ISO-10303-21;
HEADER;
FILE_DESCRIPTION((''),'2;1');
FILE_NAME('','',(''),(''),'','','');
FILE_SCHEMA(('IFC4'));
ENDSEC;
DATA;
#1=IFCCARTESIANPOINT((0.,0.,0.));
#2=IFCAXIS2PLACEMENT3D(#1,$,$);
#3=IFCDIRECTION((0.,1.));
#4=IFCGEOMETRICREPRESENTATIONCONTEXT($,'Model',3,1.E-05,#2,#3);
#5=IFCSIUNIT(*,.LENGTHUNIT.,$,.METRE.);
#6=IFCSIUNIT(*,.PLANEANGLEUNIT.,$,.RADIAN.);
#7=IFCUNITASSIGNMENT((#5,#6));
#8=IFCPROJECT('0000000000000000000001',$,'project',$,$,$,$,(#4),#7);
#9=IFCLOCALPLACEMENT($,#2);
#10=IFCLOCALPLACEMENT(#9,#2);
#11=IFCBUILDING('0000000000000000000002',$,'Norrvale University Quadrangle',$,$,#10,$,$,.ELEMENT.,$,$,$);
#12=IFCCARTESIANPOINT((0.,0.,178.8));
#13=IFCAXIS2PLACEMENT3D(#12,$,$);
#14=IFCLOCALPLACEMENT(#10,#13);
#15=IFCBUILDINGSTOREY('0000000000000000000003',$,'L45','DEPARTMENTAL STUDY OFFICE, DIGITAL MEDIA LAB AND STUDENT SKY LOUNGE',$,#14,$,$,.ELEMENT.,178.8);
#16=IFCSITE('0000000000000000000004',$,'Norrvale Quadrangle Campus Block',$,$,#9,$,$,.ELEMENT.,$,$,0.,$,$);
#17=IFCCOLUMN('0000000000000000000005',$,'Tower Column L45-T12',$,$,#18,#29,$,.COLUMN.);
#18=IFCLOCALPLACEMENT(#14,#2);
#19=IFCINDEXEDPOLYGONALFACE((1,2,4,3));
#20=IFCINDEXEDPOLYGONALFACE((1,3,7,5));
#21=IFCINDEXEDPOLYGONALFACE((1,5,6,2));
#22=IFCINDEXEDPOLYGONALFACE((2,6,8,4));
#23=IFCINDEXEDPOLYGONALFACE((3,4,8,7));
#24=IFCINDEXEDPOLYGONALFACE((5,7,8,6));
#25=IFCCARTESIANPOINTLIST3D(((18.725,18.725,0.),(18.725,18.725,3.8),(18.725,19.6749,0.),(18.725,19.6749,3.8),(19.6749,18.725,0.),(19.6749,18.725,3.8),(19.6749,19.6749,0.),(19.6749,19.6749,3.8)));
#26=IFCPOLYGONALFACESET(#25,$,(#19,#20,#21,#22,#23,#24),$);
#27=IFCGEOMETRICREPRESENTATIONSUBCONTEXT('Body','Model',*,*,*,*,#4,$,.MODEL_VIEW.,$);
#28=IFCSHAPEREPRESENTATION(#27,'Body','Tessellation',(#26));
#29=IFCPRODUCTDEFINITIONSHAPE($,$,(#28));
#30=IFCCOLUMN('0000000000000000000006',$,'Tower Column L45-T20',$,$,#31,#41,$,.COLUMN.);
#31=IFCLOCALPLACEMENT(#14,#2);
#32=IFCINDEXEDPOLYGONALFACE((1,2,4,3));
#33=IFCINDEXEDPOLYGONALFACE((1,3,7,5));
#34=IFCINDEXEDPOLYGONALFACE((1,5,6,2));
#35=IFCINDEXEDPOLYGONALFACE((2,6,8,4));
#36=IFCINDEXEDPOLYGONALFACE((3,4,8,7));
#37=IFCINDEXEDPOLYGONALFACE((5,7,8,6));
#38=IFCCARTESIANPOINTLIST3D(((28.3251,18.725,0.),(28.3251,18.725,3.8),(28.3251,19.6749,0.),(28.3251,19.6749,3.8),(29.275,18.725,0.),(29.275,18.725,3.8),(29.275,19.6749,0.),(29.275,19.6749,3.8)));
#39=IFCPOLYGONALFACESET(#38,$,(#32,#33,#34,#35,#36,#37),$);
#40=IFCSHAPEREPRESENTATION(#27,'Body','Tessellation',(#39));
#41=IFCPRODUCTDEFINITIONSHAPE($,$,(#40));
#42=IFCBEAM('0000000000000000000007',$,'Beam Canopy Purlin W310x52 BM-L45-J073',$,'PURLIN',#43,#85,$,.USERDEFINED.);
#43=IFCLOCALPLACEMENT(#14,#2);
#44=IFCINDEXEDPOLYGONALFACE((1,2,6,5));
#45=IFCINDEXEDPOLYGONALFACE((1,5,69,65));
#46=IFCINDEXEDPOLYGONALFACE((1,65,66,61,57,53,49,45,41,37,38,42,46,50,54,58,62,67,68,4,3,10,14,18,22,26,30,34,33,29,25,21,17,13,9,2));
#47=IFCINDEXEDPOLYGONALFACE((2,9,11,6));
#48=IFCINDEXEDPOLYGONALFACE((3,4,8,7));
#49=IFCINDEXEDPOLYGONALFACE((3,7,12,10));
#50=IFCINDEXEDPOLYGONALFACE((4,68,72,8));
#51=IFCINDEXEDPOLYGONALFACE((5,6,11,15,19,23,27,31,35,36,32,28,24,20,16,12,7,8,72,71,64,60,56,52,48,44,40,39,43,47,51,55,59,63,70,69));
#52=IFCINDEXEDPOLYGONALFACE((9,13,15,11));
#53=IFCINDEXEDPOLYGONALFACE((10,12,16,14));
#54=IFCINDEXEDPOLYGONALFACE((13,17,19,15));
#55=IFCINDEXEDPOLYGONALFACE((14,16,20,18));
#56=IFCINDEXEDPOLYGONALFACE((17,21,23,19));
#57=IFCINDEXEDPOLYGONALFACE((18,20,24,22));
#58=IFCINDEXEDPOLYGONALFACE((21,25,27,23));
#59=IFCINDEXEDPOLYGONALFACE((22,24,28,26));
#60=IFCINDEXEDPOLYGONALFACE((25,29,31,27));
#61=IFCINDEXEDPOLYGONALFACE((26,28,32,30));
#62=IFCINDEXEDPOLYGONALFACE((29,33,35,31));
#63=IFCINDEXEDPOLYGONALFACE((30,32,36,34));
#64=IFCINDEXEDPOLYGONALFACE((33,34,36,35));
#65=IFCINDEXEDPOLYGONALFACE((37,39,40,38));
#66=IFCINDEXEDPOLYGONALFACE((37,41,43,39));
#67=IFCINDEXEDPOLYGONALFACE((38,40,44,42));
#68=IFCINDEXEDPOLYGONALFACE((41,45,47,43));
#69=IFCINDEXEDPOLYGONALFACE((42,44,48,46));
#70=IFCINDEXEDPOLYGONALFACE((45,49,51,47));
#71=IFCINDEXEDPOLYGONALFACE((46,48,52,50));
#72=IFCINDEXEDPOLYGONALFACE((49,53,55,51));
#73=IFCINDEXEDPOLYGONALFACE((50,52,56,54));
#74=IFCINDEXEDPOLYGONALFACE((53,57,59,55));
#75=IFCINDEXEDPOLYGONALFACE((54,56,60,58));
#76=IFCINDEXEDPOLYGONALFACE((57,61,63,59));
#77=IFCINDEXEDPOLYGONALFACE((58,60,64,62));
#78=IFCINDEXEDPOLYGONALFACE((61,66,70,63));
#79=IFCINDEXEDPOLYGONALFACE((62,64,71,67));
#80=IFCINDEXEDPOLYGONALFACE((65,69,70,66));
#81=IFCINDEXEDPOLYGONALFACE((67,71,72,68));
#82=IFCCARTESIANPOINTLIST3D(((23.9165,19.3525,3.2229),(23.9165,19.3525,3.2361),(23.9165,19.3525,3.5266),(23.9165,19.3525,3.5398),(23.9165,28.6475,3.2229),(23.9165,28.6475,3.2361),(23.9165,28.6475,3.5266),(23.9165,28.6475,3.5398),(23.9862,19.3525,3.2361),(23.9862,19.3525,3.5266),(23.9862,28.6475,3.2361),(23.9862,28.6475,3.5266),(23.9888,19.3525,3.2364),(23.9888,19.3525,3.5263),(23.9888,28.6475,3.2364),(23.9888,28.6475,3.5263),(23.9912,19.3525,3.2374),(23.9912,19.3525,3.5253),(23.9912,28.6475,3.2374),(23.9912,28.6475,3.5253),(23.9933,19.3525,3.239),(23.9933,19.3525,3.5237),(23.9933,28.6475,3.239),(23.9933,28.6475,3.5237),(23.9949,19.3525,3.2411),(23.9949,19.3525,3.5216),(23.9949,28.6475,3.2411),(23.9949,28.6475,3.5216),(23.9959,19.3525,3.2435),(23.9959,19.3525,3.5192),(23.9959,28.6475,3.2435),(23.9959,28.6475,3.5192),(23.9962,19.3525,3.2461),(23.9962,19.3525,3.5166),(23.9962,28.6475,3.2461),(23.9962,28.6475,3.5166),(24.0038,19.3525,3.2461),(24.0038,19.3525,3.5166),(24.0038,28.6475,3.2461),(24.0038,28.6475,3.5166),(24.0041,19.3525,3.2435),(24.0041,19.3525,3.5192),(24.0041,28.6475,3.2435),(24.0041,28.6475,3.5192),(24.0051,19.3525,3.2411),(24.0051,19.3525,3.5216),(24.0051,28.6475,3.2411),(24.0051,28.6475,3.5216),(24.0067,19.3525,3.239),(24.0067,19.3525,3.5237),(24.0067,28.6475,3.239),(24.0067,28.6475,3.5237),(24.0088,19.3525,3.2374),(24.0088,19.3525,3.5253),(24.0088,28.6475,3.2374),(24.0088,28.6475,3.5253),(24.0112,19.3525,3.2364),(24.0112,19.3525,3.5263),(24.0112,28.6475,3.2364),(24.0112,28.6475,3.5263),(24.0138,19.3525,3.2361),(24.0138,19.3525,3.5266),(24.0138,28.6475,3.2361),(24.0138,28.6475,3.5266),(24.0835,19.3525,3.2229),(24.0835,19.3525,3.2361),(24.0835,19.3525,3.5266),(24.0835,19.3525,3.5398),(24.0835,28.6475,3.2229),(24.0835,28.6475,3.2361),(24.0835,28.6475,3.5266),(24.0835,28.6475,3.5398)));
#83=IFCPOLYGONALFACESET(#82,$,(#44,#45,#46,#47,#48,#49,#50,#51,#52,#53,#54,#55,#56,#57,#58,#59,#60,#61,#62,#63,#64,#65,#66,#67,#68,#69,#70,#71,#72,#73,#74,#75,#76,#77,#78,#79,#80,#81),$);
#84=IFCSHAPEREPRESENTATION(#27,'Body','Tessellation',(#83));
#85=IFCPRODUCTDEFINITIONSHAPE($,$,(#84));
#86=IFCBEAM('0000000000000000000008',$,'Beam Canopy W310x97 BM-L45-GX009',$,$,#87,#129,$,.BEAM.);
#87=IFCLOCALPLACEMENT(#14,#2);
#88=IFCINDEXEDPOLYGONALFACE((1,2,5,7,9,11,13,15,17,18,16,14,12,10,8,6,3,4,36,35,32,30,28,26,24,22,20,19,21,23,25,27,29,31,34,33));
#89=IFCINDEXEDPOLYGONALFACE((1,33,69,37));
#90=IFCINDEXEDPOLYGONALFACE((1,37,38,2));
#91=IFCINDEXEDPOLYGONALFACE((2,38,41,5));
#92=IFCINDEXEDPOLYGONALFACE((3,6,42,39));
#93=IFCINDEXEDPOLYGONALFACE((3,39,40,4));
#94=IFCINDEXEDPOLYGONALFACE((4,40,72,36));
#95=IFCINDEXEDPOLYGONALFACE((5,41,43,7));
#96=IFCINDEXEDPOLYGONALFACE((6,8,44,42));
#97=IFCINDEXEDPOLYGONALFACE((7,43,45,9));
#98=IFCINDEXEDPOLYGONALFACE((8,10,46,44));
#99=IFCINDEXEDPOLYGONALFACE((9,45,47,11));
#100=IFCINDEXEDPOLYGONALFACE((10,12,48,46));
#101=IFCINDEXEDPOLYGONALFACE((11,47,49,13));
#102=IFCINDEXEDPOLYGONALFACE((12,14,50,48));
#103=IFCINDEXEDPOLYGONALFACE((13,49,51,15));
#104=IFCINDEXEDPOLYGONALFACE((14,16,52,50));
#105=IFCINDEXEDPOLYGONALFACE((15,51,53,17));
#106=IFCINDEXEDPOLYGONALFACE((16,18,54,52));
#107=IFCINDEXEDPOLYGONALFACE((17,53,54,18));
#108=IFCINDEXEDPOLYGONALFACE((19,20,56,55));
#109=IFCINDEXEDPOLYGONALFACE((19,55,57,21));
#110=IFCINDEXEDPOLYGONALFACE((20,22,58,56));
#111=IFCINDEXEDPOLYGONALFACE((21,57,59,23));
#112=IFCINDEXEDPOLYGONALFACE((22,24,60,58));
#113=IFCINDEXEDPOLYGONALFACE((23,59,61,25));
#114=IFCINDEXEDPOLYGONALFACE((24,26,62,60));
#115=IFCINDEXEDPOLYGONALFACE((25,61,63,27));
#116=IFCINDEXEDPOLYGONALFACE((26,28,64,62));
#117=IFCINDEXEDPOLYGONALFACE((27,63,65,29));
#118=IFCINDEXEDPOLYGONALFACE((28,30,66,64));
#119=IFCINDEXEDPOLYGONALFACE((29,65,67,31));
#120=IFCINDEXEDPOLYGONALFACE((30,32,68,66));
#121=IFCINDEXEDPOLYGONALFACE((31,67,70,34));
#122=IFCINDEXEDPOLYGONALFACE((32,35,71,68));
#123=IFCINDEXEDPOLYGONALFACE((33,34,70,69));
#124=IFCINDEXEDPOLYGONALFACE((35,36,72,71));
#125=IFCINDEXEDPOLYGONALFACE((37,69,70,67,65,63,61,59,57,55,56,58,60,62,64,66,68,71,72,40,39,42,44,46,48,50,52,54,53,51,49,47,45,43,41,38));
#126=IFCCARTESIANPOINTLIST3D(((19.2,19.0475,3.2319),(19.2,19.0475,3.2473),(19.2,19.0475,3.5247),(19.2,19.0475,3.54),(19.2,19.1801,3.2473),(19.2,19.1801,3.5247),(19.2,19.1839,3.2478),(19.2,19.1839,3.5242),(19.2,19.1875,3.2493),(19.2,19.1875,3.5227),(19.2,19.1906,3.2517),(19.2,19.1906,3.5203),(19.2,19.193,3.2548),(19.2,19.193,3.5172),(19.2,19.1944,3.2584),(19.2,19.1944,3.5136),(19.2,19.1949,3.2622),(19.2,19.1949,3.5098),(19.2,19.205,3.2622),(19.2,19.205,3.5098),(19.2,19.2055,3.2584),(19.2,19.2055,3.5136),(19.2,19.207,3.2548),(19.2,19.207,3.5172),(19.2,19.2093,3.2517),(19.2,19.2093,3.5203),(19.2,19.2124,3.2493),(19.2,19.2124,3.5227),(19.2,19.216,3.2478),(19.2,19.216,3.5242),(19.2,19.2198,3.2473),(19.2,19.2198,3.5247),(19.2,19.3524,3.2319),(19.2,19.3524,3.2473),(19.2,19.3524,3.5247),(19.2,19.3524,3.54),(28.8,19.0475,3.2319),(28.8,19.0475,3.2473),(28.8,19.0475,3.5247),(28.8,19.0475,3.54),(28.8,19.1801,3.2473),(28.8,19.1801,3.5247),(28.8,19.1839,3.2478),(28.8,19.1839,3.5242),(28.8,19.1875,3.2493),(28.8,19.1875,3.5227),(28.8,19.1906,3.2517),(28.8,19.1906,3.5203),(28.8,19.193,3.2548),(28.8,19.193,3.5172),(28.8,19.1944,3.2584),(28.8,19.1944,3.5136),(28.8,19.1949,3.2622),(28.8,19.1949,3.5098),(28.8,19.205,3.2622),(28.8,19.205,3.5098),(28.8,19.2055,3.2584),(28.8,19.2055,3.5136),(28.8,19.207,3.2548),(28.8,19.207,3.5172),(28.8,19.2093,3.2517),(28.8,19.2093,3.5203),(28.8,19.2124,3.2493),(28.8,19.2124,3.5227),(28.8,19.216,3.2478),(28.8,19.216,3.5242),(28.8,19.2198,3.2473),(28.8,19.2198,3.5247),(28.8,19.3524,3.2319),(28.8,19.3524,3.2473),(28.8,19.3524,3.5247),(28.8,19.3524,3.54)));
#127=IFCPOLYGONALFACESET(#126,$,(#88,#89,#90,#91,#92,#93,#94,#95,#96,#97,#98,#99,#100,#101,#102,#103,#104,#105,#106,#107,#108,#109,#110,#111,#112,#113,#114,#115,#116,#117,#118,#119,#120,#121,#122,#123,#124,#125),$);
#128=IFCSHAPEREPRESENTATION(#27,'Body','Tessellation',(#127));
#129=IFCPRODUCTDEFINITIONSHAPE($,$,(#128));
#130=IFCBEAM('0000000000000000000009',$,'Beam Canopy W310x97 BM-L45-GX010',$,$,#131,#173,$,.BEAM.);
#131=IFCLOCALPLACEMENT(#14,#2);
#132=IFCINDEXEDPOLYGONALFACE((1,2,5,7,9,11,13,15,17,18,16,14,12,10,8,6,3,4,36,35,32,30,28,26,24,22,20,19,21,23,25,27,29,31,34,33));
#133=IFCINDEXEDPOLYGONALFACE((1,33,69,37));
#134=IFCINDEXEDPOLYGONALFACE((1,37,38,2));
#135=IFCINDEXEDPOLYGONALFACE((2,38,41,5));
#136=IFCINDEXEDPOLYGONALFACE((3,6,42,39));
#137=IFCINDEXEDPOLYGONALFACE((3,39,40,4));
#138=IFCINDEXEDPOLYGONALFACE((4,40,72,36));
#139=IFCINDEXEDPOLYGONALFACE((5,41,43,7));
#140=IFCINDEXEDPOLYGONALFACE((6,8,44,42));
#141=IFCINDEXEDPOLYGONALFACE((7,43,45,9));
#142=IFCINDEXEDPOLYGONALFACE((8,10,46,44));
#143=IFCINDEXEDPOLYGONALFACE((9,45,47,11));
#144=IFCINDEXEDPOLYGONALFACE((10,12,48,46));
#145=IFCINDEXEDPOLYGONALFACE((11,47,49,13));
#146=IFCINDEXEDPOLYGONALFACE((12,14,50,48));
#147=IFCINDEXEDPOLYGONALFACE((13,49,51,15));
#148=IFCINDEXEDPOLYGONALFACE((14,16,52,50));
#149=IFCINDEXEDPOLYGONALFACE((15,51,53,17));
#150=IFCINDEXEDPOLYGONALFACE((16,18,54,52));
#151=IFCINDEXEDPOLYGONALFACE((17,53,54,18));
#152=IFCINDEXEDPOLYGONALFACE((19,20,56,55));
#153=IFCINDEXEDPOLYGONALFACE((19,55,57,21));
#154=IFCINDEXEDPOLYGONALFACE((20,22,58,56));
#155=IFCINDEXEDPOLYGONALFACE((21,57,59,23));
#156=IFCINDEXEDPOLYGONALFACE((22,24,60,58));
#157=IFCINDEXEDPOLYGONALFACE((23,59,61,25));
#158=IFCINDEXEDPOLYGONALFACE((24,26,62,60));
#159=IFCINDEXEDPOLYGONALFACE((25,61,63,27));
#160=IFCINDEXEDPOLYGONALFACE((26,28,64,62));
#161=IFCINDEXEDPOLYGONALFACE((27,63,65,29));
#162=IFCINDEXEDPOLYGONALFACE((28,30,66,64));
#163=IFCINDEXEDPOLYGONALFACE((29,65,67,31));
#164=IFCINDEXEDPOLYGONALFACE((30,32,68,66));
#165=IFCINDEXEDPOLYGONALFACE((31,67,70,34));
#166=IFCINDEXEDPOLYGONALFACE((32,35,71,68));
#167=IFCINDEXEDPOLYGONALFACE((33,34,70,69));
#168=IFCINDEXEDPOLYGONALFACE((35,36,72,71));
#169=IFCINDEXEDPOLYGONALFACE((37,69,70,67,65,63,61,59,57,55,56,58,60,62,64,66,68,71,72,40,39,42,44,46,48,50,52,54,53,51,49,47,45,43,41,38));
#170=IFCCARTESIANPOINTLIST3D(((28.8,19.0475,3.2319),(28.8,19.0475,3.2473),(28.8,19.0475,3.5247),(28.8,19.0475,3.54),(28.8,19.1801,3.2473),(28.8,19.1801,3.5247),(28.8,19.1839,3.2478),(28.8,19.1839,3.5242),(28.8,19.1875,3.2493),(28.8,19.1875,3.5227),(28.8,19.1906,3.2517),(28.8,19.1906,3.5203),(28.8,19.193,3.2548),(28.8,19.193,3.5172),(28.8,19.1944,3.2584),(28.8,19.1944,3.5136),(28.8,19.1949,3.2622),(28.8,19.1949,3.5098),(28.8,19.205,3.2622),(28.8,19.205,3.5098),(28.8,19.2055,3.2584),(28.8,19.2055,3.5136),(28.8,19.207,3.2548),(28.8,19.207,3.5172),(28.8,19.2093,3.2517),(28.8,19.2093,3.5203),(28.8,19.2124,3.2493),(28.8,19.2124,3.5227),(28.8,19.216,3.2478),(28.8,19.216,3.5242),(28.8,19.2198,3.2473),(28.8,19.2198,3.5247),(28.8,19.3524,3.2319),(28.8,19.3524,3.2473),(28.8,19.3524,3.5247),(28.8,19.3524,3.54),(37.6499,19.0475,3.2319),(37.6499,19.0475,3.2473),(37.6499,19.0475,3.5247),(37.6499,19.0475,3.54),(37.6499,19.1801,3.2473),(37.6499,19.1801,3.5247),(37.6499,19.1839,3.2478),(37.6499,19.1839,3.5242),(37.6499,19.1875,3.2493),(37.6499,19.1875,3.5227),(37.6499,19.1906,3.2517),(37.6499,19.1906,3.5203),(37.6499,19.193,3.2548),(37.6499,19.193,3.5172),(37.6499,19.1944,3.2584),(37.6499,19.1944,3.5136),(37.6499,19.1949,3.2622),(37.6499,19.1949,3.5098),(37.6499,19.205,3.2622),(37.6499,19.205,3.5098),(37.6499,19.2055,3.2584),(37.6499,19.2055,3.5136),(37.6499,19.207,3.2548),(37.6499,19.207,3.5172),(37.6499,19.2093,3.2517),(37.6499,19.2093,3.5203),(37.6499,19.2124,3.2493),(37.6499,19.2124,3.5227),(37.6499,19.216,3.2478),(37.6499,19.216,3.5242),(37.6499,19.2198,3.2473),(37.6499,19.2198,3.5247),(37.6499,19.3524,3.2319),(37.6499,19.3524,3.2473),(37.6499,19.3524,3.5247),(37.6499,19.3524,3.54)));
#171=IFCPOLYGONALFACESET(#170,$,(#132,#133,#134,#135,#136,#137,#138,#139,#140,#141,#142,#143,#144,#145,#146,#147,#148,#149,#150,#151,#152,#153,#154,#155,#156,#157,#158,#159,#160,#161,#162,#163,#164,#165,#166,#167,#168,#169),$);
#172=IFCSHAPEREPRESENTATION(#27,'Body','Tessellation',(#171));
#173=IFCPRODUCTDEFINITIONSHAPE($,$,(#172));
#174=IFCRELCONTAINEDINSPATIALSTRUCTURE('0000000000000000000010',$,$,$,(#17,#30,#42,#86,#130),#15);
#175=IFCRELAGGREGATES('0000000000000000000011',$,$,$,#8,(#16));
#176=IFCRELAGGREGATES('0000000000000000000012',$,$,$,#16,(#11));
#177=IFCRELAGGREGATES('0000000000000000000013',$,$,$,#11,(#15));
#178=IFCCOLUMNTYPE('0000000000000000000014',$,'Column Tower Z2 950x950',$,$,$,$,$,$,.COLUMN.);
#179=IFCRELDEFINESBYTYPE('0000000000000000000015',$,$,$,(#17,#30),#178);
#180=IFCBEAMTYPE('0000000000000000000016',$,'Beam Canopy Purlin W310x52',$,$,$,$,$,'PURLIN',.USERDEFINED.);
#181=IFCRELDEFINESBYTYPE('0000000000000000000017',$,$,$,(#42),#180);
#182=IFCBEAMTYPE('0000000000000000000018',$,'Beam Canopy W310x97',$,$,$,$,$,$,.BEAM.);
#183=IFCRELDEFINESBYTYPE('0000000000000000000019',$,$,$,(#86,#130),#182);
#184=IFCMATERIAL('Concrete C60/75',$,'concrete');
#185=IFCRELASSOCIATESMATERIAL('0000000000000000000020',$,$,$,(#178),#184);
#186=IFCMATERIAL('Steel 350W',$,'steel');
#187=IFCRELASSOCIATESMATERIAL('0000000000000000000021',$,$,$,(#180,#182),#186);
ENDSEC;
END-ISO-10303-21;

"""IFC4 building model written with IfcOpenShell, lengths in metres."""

from ifc_helpers import new_model, si_unit, direction, frame, origin, origin_2d, place, context, subcontext, project, spatial, rectangle, i_section, extrude, material, material_profile, profile_set, type_object, element, save


model = new_model("IFC4")

# Units and contexts
model_context = context("Model", 3, precision=1e-05, world=origin(), true_north=direction((0.0, 1.0)))
body_context = subcontext(model_context, "Body", "Model", "MODEL_VIEW")
ifc_project = project(units=[si_unit("LENGTHUNIT", "METRE"), si_unit("PLANEANGLEUNIT", "RADIAN")], contexts=[model_context])

# Site, building, storey
site_placement = place(None, origin())
site = spatial("IfcSite", under=ifc_project, at=site_placement, Name="Norrvale Quadrangle Campus Block", CompositionType="ELEMENT", RefElevation=0.0)
building_placement = place(site_placement, origin())
building = spatial("IfcBuilding", under=site, at=building_placement, Name="Norrvale University Quadrangle", CompositionType="ELEMENT")
storey_placement = place(building_placement, frame((0.0, 0.0, 178.8)))
storey = spatial("IfcBuildingStorey", under=building, at=storey_placement, Name="L45", Description="DEPARTMENTAL STUDY OFFICE, DIGITAL MEDIA LAB AND STUDENT SKY LOUNGE", CompositionType="ELEMENT", Elevation=178.8)

# Columns
ifc_material_1 = material(Name="Concrete C60/75", Category="concrete")
ifc_material_profile_1 = material_profile(ifc_material_1, rectangle(XDim=0.95, YDim=0.95, at=origin_2d()), Name="Concrete C60/75")
ifc_profile_set_1 = profile_set([ifc_material_profile_1], Name="Concrete C60/75")
column_type = type_object("IfcColumnType", Name="Column Tower Z2 950x950", PredefinedType="COLUMN", material=ifc_profile_set_1)
for number, where, z_axis, x_axis, name in (
    (1, (19.2, 19.2, 0.0), (0.0, 0.0, 1.0), (1.0, 0.0, 0.0), "Tower Column L45-T12"),
    (2, (28.8, 19.2, 0.0), (0.0, 0.0, 1.0), (1.0, 0.0, 0.0), "Tower Column L45-T20"),
):
    element("IfcColumn", number, at=place(storey_placement, frame(where, z_axis=z_axis, x_axis=x_axis)), inside=storey, type_object=column_type, Name=name, PredefinedType="COLUMN", context=body_context, shape_type="SweptSolid", body=[
        extrude(rectangle(XDim=0.95, YDim=0.95, at=origin_2d()), origin(), (0.0, 0.0, 1.0), 3.8),
    ])

# Beams
ifc_material_2 = material(Name="Steel 350W", Category="steel")
ifc_material_profile_2 = material_profile(ifc_material_2, i_section(OverallWidth=0.167, OverallDepth=0.3169, WebThickness=0.0076, FlangeThickness=0.0132, FilletRadius=0.01, at=origin_2d()), Name="Steel 350W")
ifc_profile_set_2 = profile_set([ifc_material_profile_2], Name="Steel 350W")
beam_type_1 = type_object("IfcBeamType", Name="Beam Canopy Purlin W310x52", ElementType="PURLIN", PredefinedType="USERDEFINED", material=ifc_profile_set_2)
beam_1_placement = place(storey_placement, frame((24.0, 19.3525, 3.3813), z_axis=(0.0, 1.0, 0.0), x_axis=(-1.0, 0.0, 0.0)))
element("IfcBeam", 3, at=beam_1_placement, inside=storey, type_object=beam_type_1, Name="Beam Canopy Purlin W310x52 BM-L45-J073", ObjectType="PURLIN", PredefinedType="USERDEFINED", context=body_context, shape_type="SweptSolid", body=[
    extrude(i_section(OverallWidth=0.167, OverallDepth=0.3169, WebThickness=0.0076, FlangeThickness=0.0132, FilletRadius=0.01, at=origin_2d()), origin(), (0.0, 0.0, 1.0), 9.2949),
])
ifc_material_profile_3 = material_profile(ifc_material_2, i_section(OverallWidth=0.3049, OverallDepth=0.3081, WebThickness=0.01, FlangeThickness=0.0154, FilletRadius=0.0149, at=origin_2d()), Name="Steel 350W")
ifc_profile_set_3 = profile_set([ifc_material_profile_3], Name="Steel 350W")
beam_type_2 = type_object("IfcBeamType", Name="Beam Canopy W310x97", PredefinedType="BEAM", material=ifc_profile_set_3)
beam_2_placement = place(storey_placement, frame((19.2, 19.2, 3.386), z_axis=(1.0, 0.0, 0.0), x_axis=(0.0, 1.0, 0.0)))
element("IfcBeam", 4, at=beam_2_placement, inside=storey, type_object=beam_type_2, Name="Beam Canopy W310x97 BM-L45-GX009", PredefinedType="BEAM", context=body_context, shape_type="SweptSolid", body=[
    extrude(i_section(OverallWidth=0.3049, OverallDepth=0.3081, WebThickness=0.01, FlangeThickness=0.0154, FilletRadius=0.0149, at=origin_2d()), origin(), (0.0, 0.0, 1.0), 9.6001),
])
beam_3_placement = place(storey_placement, frame((28.8, 19.2, 3.386), z_axis=(1.0, 0.0, 0.0), x_axis=(0.0, 1.0, 0.0)))
element("IfcBeam", 5, at=beam_3_placement, inside=storey, type_object=beam_type_2, Name="Beam Canopy W310x97 BM-L45-GX010", PredefinedType="BEAM", context=body_context, shape_type="SweptSolid", body=[
    extrude(i_section(OverallWidth=0.3049, OverallDepth=0.3081, WebThickness=0.01, FlangeThickness=0.0154, FilletRadius=0.0149, at=origin_2d()), origin(), (0.0, 0.0, 1.0), 8.8499),
])

save(model, "model.ifc")
